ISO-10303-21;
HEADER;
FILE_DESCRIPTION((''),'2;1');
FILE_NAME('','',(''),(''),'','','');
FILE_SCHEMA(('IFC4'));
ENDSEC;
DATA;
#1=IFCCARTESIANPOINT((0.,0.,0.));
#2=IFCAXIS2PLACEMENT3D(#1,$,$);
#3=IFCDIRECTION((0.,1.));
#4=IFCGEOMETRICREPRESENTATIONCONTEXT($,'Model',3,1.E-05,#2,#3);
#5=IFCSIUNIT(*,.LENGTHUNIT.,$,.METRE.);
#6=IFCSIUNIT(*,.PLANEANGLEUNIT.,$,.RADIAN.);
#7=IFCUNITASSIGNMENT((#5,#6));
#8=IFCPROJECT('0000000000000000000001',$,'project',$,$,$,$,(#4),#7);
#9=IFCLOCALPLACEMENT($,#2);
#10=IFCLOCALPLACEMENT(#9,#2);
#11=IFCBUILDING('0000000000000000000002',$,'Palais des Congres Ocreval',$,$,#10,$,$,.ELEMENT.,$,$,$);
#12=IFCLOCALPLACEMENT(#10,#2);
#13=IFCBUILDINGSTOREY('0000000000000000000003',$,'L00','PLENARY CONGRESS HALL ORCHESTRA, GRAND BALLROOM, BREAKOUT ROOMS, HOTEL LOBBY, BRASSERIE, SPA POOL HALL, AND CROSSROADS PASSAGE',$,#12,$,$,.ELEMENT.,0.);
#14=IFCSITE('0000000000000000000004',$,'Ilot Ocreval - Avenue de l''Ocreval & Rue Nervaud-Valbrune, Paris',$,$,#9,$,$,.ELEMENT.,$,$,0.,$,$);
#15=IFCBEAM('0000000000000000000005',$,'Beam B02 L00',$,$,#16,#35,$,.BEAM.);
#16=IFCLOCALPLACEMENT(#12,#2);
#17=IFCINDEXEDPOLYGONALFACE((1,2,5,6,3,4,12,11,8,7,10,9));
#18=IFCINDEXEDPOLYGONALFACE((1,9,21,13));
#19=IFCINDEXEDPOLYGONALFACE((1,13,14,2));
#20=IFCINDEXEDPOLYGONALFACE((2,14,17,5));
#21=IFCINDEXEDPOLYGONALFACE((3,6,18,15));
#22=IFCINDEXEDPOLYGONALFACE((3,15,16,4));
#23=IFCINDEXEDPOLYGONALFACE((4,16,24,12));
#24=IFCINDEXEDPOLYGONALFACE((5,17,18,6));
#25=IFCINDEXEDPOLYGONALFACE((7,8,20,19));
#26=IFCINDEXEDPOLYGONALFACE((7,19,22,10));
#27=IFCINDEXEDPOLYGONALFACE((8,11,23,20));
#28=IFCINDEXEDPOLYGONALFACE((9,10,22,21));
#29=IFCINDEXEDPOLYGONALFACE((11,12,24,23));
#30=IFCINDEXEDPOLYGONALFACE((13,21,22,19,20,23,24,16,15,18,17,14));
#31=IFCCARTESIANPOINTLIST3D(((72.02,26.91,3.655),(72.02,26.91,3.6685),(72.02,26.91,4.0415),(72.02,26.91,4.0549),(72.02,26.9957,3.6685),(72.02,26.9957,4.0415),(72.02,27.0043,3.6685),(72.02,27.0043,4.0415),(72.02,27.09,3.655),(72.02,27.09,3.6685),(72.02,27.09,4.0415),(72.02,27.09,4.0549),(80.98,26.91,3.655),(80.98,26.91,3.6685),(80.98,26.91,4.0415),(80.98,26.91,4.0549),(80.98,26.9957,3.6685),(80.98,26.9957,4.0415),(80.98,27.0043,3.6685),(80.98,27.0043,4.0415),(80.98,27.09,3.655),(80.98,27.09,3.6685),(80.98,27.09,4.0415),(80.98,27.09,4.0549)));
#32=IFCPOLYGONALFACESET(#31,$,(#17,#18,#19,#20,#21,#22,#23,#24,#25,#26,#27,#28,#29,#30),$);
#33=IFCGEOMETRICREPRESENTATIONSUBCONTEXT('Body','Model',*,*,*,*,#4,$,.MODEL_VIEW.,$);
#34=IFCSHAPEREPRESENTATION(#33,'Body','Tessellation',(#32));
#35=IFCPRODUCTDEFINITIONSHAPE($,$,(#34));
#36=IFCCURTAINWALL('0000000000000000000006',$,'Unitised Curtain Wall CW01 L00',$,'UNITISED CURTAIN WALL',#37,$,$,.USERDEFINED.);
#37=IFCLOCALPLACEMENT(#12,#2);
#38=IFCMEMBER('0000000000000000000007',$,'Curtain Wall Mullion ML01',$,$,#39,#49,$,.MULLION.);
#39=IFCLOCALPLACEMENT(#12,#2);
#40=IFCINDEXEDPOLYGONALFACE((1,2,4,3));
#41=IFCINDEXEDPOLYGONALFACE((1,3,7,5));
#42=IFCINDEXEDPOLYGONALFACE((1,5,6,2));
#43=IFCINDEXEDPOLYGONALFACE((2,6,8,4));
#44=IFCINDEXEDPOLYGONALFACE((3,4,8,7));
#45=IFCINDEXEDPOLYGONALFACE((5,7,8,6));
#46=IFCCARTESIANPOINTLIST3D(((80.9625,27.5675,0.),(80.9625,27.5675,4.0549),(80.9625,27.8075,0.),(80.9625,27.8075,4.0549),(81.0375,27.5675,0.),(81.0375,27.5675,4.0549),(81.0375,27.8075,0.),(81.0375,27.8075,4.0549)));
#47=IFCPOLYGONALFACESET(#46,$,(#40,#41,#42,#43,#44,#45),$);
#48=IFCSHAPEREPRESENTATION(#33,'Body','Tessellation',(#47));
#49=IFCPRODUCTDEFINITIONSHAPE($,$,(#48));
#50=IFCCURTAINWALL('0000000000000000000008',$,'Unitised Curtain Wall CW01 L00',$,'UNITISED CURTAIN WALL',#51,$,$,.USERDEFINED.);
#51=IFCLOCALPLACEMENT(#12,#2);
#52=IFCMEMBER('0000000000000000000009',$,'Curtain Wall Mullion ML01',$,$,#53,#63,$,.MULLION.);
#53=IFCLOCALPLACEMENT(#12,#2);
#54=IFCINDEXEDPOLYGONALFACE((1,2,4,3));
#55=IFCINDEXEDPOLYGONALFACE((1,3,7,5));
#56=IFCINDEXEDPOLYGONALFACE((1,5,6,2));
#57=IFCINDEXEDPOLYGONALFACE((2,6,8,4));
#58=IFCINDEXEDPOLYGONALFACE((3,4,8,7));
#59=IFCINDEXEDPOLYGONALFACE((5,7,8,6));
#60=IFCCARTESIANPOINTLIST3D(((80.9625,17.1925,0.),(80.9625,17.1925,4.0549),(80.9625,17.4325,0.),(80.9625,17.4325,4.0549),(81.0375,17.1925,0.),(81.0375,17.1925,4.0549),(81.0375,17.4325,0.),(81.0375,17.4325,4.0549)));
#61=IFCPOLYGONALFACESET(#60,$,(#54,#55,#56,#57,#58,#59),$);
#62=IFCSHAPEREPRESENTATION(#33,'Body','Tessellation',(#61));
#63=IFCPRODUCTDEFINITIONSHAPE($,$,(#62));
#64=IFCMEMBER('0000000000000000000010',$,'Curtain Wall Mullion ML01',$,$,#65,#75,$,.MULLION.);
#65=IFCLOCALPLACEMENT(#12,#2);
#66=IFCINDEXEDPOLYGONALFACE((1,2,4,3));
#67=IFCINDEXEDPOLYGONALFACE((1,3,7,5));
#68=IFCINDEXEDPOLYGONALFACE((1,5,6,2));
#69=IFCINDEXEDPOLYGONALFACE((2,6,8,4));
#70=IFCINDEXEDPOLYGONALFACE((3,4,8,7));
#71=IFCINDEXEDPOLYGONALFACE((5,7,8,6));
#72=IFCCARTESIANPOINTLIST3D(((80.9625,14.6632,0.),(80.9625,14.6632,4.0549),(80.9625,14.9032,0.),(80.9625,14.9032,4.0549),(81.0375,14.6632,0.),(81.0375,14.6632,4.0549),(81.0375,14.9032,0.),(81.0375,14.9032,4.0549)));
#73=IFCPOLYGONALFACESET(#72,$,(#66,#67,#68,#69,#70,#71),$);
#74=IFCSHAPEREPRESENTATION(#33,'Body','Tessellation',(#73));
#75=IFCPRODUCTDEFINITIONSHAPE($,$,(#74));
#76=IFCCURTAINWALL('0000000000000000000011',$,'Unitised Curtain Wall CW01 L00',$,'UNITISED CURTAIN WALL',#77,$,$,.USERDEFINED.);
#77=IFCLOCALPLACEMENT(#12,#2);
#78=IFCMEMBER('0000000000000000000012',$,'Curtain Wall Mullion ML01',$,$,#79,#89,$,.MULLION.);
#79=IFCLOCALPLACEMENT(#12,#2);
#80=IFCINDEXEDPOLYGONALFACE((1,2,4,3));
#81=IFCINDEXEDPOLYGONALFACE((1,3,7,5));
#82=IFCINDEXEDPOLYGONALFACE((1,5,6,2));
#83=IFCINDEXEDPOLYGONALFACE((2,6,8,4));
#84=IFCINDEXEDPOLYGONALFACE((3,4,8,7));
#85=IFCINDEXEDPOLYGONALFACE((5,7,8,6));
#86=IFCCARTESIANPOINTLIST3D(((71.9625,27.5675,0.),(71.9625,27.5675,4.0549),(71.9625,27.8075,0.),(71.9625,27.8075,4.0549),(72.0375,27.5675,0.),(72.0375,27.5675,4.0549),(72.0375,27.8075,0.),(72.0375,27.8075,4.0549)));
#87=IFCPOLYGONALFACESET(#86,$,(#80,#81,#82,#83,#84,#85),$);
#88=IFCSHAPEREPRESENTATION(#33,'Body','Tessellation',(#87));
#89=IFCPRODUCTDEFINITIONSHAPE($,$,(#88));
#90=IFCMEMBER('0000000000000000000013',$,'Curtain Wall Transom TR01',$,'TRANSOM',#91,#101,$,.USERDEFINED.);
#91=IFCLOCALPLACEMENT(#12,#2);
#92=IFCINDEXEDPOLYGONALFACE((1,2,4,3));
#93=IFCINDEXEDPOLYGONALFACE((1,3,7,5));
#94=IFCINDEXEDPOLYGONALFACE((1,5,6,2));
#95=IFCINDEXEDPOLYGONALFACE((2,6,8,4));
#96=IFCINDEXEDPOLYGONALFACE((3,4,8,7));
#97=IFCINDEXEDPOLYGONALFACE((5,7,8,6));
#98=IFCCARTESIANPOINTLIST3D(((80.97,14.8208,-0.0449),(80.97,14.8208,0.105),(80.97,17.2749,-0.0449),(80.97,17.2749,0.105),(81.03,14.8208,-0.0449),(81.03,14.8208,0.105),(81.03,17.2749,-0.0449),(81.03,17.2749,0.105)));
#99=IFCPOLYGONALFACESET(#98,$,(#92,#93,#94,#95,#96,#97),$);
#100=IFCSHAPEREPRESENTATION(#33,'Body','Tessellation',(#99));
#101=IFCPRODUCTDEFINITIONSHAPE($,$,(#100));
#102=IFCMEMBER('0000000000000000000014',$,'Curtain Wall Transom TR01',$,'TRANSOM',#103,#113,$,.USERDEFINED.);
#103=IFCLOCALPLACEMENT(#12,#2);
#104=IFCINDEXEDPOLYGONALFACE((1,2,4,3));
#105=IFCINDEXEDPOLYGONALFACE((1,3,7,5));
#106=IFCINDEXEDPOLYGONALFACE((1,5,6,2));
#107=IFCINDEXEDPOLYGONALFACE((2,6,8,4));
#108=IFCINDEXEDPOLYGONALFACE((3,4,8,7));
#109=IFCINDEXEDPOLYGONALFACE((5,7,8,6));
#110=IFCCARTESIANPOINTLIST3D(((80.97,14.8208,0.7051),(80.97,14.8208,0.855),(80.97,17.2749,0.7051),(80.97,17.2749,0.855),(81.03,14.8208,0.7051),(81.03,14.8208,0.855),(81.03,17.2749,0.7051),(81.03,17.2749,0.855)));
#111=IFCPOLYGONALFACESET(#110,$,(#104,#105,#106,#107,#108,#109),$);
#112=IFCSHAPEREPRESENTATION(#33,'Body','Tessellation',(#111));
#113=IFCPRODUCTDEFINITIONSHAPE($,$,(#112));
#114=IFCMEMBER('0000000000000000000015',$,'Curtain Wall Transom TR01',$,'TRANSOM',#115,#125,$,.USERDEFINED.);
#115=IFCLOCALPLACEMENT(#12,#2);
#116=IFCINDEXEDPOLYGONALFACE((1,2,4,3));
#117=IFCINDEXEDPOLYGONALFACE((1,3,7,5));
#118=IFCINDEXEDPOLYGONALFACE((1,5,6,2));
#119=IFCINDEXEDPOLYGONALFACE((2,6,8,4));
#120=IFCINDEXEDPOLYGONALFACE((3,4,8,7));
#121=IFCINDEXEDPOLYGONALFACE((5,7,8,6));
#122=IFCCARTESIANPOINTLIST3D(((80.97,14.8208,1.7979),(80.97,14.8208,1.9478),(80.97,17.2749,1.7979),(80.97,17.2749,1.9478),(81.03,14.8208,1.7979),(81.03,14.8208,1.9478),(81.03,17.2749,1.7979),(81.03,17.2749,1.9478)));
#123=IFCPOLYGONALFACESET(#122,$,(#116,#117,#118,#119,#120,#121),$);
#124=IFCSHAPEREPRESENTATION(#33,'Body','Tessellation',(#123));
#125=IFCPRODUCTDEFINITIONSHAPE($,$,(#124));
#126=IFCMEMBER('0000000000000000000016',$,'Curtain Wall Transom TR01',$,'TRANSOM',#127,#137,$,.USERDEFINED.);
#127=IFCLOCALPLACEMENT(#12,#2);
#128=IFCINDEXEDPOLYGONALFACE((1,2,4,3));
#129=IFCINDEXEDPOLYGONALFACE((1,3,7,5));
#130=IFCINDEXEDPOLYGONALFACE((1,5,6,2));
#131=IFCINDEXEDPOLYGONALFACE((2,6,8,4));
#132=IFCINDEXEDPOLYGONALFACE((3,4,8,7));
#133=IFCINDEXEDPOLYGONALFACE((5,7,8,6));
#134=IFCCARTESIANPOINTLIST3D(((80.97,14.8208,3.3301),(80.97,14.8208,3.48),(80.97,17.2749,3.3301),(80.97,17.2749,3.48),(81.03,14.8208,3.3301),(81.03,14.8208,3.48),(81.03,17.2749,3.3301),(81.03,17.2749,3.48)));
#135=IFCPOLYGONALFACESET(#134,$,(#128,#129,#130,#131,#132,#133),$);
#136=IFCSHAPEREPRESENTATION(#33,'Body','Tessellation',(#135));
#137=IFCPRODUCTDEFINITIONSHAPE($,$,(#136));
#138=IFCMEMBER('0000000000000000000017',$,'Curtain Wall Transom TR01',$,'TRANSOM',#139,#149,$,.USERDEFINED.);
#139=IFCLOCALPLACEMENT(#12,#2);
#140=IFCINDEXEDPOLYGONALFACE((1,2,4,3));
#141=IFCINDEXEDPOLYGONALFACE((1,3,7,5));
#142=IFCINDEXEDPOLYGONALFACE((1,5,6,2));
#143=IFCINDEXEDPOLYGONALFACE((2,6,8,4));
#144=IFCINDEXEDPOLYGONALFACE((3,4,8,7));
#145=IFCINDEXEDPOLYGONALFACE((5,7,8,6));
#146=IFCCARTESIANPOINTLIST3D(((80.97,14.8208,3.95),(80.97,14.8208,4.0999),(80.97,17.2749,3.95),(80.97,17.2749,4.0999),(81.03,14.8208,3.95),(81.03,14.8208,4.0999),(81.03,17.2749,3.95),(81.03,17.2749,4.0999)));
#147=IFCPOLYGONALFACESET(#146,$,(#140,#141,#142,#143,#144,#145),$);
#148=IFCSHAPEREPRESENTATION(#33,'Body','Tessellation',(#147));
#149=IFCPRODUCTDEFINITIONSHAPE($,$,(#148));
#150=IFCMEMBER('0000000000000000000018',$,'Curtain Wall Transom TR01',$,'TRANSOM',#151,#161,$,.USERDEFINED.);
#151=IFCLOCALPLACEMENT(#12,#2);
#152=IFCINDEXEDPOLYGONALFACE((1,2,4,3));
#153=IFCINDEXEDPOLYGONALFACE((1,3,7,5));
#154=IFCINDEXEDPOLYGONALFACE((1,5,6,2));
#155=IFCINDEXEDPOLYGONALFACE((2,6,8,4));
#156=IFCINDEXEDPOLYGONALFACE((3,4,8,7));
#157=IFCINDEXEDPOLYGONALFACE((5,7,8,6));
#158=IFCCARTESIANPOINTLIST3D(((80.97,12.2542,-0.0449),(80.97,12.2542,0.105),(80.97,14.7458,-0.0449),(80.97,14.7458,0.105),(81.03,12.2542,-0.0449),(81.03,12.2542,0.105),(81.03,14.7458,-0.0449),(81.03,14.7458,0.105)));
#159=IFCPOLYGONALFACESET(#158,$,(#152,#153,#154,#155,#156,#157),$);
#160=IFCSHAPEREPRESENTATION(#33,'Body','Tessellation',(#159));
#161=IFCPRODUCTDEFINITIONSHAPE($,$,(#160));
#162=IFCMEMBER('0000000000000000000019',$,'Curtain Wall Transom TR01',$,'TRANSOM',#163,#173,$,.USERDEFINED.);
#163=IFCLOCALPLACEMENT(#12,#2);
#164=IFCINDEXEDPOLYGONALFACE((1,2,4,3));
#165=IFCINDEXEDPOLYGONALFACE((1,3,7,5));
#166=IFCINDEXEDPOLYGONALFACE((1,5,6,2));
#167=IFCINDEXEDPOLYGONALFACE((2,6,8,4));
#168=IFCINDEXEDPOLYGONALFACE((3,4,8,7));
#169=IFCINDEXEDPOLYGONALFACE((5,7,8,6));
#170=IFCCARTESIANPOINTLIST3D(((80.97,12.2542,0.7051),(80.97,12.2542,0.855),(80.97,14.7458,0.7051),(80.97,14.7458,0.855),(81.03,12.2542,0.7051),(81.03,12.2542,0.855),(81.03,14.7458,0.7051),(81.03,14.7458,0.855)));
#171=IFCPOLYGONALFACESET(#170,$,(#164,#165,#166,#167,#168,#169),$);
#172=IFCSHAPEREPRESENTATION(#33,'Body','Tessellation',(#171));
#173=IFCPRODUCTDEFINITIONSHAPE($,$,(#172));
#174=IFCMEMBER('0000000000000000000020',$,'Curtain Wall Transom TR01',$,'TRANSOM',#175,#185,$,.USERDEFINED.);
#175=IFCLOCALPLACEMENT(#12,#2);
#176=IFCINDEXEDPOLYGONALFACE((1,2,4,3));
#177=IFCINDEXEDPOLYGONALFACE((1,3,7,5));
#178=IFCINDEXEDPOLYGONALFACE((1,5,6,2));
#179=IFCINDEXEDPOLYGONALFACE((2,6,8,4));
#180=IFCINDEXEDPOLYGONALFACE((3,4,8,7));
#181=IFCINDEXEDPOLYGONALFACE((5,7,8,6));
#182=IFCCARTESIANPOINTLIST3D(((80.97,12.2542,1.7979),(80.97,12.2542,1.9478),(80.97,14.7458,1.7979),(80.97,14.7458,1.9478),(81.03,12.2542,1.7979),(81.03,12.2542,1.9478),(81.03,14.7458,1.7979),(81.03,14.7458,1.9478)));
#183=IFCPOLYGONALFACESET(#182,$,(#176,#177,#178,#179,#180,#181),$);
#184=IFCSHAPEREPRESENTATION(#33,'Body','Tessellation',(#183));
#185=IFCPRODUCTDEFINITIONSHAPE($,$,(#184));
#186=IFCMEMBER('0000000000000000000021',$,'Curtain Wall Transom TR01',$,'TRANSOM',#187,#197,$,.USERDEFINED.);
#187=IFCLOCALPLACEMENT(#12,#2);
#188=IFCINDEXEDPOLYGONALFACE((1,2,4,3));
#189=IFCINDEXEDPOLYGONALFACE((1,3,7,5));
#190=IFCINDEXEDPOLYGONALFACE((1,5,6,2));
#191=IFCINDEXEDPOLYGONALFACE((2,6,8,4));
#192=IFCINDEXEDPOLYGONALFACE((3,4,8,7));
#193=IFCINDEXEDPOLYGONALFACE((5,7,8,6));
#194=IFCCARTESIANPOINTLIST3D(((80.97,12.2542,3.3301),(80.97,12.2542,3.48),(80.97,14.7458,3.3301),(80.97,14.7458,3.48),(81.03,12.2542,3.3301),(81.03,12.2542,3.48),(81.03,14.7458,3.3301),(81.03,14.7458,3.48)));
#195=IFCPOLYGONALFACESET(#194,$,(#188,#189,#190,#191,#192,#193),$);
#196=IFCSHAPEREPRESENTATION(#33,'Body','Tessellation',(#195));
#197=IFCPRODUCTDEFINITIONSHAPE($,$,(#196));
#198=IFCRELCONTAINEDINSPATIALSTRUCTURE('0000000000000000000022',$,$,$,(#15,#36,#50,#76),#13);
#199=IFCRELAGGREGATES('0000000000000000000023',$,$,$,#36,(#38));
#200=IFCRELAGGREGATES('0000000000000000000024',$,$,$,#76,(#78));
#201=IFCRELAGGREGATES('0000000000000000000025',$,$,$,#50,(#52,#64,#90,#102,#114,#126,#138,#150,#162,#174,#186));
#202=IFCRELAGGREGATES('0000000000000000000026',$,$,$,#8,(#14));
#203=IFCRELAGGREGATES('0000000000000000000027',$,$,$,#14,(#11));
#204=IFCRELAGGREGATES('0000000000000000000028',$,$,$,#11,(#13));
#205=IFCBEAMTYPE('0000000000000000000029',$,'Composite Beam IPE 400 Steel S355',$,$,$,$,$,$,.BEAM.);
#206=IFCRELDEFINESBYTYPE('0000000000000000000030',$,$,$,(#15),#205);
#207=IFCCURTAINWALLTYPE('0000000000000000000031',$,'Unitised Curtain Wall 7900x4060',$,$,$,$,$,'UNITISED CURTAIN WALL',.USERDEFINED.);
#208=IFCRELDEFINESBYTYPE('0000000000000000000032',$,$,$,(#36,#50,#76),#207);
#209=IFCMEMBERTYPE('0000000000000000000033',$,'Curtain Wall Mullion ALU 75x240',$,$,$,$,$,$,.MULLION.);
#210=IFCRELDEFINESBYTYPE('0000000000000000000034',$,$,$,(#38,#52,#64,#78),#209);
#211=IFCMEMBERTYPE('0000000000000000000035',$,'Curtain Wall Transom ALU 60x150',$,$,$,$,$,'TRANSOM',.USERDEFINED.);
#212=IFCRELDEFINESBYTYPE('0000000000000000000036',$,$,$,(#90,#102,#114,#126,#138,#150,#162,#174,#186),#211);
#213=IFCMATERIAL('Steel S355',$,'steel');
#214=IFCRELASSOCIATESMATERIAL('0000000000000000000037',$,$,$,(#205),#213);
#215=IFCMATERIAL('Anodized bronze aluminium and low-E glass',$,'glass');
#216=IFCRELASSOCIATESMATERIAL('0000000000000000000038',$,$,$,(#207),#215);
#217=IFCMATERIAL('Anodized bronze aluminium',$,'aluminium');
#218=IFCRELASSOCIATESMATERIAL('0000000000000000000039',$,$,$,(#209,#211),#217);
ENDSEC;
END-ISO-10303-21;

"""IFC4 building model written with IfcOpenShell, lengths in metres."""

from ifc_helpers import new_model, si_unit, direction, frame, origin, origin_2d, place, context, subcontext, project, spatial, rectangle, i_section, extrude, material, material_profile, profile_set, type_object, element, aggregate, save


model = new_model("IFC4")

# Units and contexts
model_context = context("Model", 3, precision=1e-05, world=origin(), true_north=direction((0.0, 1.0)))
body_context = subcontext(model_context, "Body", "Model", "MODEL_VIEW")
ifc_project = project(units=[si_unit("LENGTHUNIT", "METRE"), si_unit("PLANEANGLEUNIT", "RADIAN")], contexts=[model_context])

# Site, building, storey
site_placement = place(None, origin())
site = spatial("IfcSite", under=ifc_project, at=site_placement, Name="Ilot Ocreval - Avenue de l'Ocreval & Rue Nervaud-Valbrune, Paris", CompositionType="ELEMENT", RefElevation=0.0)
building_placement = place(site_placement, origin())
building = spatial("IfcBuilding", under=site, at=building_placement, Name="Palais des Congres Ocreval", CompositionType="ELEMENT")
storey_placement = place(building_placement, origin())
storey = spatial("IfcBuildingStorey", under=building, at=storey_placement, Name="L00", Description="PLENARY CONGRESS HALL ORCHESTRA, GRAND BALLROOM, BREAKOUT ROOMS, HOTEL LOBBY, BRASSERIE, SPA POOL HALL, AND CROSSROADS PASSAGE", CompositionType="ELEMENT", Elevation=0.0)

# Shared definitions
ifc_material_1 = material(Name="Steel S355", Category="steel")

# Beam
ifc_material_profile_1 = material_profile(ifc_material_1, i_section(OverallWidth=0.1799, OverallDepth=0.3999, WebThickness=0.0085, FlangeThickness=0.0134, at=origin_2d()), Name="IPE 400")
ifc_profile_set_1 = profile_set([ifc_material_profile_1], Name="Steel S355")
beam_type_1 = type_object("IfcBeamType", Name="Composite Beam IPE 400 Steel S355", PredefinedType="BEAM", material=ifc_profile_set_1)
beam_placement = place(storey_placement, frame((72.02, 27.0, 3.855), z_axis=(1.0, 0.0, 0.0), x_axis=(0.0, 1.0, 0.0)))
element("IfcBeam", 1, at=beam_placement, inside=storey, type_object=beam_type_1, Name="Beam B02 L00", PredefinedType="BEAM", context=body_context, shape_type="SweptSolid", body=[
    extrude(i_section(OverallWidth=0.1799, OverallDepth=0.3999, WebThickness=0.0085, FlangeThickness=0.0134, at=origin_2d()), origin(), (0.0, 0.0, 1.0), 8.96),
])

# Curtain wall, member
ifc_material_2 = material(Name="Anodized bronze aluminium and low-E glass", Category="glass")
curtain_wall_type = type_object("IfcCurtainWallType", Name="Unitised Curtain Wall 7900x4060", ElementType="UNITISED CURTAIN WALL", PredefinedType="USERDEFINED", material=ifc_material_2)
curtain_wall_1_placement = place(storey_placement, origin())
curtain_wall_1 = element("IfcCurtainWall", 2, at=curtain_wall_1_placement, inside=storey, type_object=curtain_wall_type, Name="Unitised Curtain Wall CW01 L00", ObjectType="UNITISED CURTAIN WALL", PredefinedType="USERDEFINED")
ifc_material_3 = material(Name="Anodized bronze aluminium", Category="aluminium")
ifc_material_profile_2 = material_profile(ifc_material_3, rectangle(XDim=0.075, YDim=0.24, at=origin_2d()), Name="ALU 75x240")
ifc_profile_set_2 = profile_set([ifc_material_profile_2], Name="Anodized bronze aluminium")
member_type_1 = type_object("IfcMemberType", Name="Curtain Wall Mullion ALU 75x240", PredefinedType="MULLION", material=ifc_profile_set_2)
member_1_placement = place(storey_placement, frame((81.0, 27.6875, 0.0), z_axis=(0.0, 0.0, 1.0), x_axis=(1.0, 0.0, 0.0)))
member_1 = element("IfcMember", 3, at=member_1_placement, type_object=member_type_1, Name="Curtain Wall Mullion ML01", PredefinedType="MULLION", context=body_context, shape_type="SweptSolid", body=[
    extrude(rectangle(XDim=0.075, YDim=0.24, at=origin_2d()), origin(), (0.0, 0.0, 1.0), 4.0549),
])
aggregate(curtain_wall_1, [member_1])

# Curtain wall, members
curtain_wall_2_placement = place(storey_placement, origin())
curtain_wall_2 = element("IfcCurtainWall", 4, at=curtain_wall_2_placement, inside=storey, type_object=curtain_wall_type, Name="Unitised Curtain Wall CW01 L00", ObjectType="UNITISED CURTAIN WALL", PredefinedType="USERDEFINED")
member_2_placement = place(storey_placement, frame((81.0, 17.3125, 0.0), z_axis=(0.0, 0.0, 1.0), x_axis=(1.0, 0.0, 0.0)))
member_2 = element("IfcMember", 5, at=member_2_placement, type_object=member_type_1, Name="Curtain Wall Mullion ML01", PredefinedType="MULLION", context=body_context, shape_type="SweptSolid", body=[
    extrude(rectangle(XDim=0.075, YDim=0.24, at=origin_2d()), origin(), (0.0, 0.0, 1.0), 4.0549),
])
member_3_placement = place(storey_placement, frame((81.0, 14.7832, 0.0), z_axis=(0.0, 0.0, 1.0), x_axis=(1.0, 0.0, 0.0)))
member_3 = element("IfcMember", 6, at=member_3_placement, type_object=member_type_1, Name="Curtain Wall Mullion ML01", PredefinedType="MULLION", context=body_context, shape_type="SweptSolid", body=[
    extrude(rectangle(XDim=0.075, YDim=0.24, at=origin_2d()), origin(), (0.0, 0.0, 1.0), 4.0549),
])

# Curtain wall, member
curtain_wall_3_placement = place(storey_placement, origin())
curtain_wall_3 = element("IfcCurtainWall", 7, at=curtain_wall_3_placement, inside=storey, type_object=curtain_wall_type, Name="Unitised Curtain Wall CW01 L00", ObjectType="UNITISED CURTAIN WALL", PredefinedType="USERDEFINED")
member_4_placement = place(storey_placement, frame((72.0, 27.6875, 0.0), z_axis=(0.0, 0.0, 1.0), x_axis=(-1.0, 0.0, 0.0)))
member_4 = element("IfcMember", 8, at=member_4_placement, type_object=member_type_1, Name="Curtain Wall Mullion ML01", PredefinedType="MULLION", context=body_context, shape_type="SweptSolid", body=[
    extrude(rectangle(XDim=0.075, YDim=0.24, at=origin_2d()), origin(), (0.0, 0.0, 1.0), 4.0549),
])
aggregate(curtain_wall_3, [member_4])

# Members
ifc_material_profile_3 = material_profile(ifc_material_3, rectangle(XDim=0.0601, YDim=0.1499, at=origin_2d()), Name="ALU 60x150")
ifc_profile_set_3 = profile_set([ifc_material_profile_3], Name="Anodized bronze aluminium")
member_type_2 = type_object("IfcMemberType", Name="Curtain Wall Transom ALU 60x150", ElementType="TRANSOM", PredefinedType="USERDEFINED", material=ifc_profile_set_3)
member_5_placement = place(storey_placement, frame((81.0, 17.2749, 0.03), z_axis=(0.0, -1.0, 0.0), x_axis=(1.0, 0.0, 0.0)))
member_5 = element("IfcMember", 9, at=member_5_placement, type_object=member_type_2, Name="Curtain Wall Transom TR01", ObjectType="TRANSOM", PredefinedType="USERDEFINED", context=body_context, shape_type="SweptSolid", body=[
    extrude(rectangle(XDim=0.0601, YDim=0.1499, at=origin_2d()), origin(), (0.0, 0.0, 1.0), 2.4541),
])
member_6_placement = place(storey_placement, frame((81.0, 17.2749, 0.78), z_axis=(0.0, -1.0, 0.0), x_axis=(1.0, 0.0, 0.0)))
member_6 = element("IfcMember", 10, at=member_6_placement, type_object=member_type_2, Name="Curtain Wall Transom TR01", ObjectType="TRANSOM", PredefinedType="USERDEFINED", context=body_context, shape_type="SweptSolid", body=[
    extrude(rectangle(XDim=0.0601, YDim=0.1499, at=origin_2d()), origin(), (0.0, 0.0, 1.0), 2.4541),
])
member_7_placement = place(storey_placement, frame((81.0, 17.2749, 1.8728), z_axis=(0.0, -1.0, 0.0), x_axis=(1.0, 0.0, 0.0)))
member_7 = element("IfcMember", 11, at=member_7_placement, type_object=member_type_2, Name="Curtain Wall Transom TR01", ObjectType="TRANSOM", PredefinedType="USERDEFINED", context=body_context, shape_type="SweptSolid", body=[
    extrude(rectangle(XDim=0.0601, YDim=0.1499, at=origin_2d()), origin(), (0.0, 0.0, 1.0), 2.4541),
])
member_8_placement = place(storey_placement, frame((81.0, 17.2749, 3.405), z_axis=(0.0, -1.0, 0.0), x_axis=(1.0, 0.0, 0.0)))
member_8 = element("IfcMember", 12, at=member_8_placement, type_object=member_type_2, Name="Curtain Wall Transom TR01", ObjectType="TRANSOM", PredefinedType="USERDEFINED", context=body_context, shape_type="SweptSolid", body=[
    extrude(rectangle(XDim=0.0601, YDim=0.1499, at=origin_2d()), origin(), (0.0, 0.0, 1.0), 2.4541),
])
member_9_placement = place(storey_placement, frame((81.0, 17.2749, 4.0249), z_axis=(0.0, -1.0, 0.0), x_axis=(1.0, 0.0, 0.0)))
member_9 = element("IfcMember", 13, at=member_9_placement, type_object=member_type_2, Name="Curtain Wall Transom TR01", ObjectType="TRANSOM", PredefinedType="USERDEFINED", context=body_context, shape_type="SweptSolid", body=[
    extrude(rectangle(XDim=0.0601, YDim=0.1499, at=origin_2d()), origin(), (0.0, 0.0, 1.0), 2.4541),
])
member_10_placement = place(storey_placement, frame((81.0, 14.7458, 0.03), z_axis=(0.0, -1.0, 0.0), x_axis=(1.0, 0.0, 0.0)))
member_10 = element("IfcMember", 14, at=member_10_placement, type_object=member_type_2, Name="Curtain Wall Transom TR01", ObjectType="TRANSOM", PredefinedType="USERDEFINED", context=body_context, shape_type="SweptSolid", body=[
    extrude(rectangle(XDim=0.0601, YDim=0.1499, at=origin_2d()), origin(), (0.0, 0.0, 1.0), 2.4917),
])
member_11_placement = place(storey_placement, frame((81.0, 14.7458, 0.78), z_axis=(0.0, -1.0, 0.0), x_axis=(1.0, 0.0, 0.0)))
member_11 = element("IfcMember", 15, at=member_11_placement, type_object=member_type_2, Name="Curtain Wall Transom TR01", ObjectType="TRANSOM", PredefinedType="USERDEFINED", context=body_context, shape_type="SweptSolid", body=[
    extrude(rectangle(XDim=0.0601, YDim=0.1499, at=origin_2d()), origin(), (0.0, 0.0, 1.0), 2.4917),
])
member_12_placement = place(storey_placement, frame((81.0, 14.7458, 1.8728), z_axis=(0.0, -1.0, 0.0), x_axis=(1.0, 0.0, 0.0)))
member_12 = element("IfcMember", 16, at=member_12_placement, type_object=member_type_2, Name="Curtain Wall Transom TR01", ObjectType="TRANSOM", PredefinedType="USERDEFINED", context=body_context, shape_type="SweptSolid", body=[
    extrude(rectangle(XDim=0.0601, YDim=0.1499, at=origin_2d()), origin(), (0.0, 0.0, 1.0), 2.4917),
])
member_13_placement = place(storey_placement, frame((81.0, 14.7458, 3.405), z_axis=(0.0, -1.0, 0.0), x_axis=(1.0, 0.0, 0.0)))
member_13 = element("IfcMember", 17, at=member_13_placement, type_object=member_type_2, Name="Curtain Wall Transom TR01", ObjectType="TRANSOM", PredefinedType="USERDEFINED", context=body_context, shape_type="SweptSolid", body=[
    extrude(rectangle(XDim=0.0601, YDim=0.1499, at=origin_2d()), origin(), (0.0, 0.0, 1.0), 2.4917),
])

aggregate(curtain_wall_2, [member_2, member_3, member_5, member_6, member_7, member_8, member_9, member_10, member_11, member_12, member_13])

save(model, "model.ifc")
